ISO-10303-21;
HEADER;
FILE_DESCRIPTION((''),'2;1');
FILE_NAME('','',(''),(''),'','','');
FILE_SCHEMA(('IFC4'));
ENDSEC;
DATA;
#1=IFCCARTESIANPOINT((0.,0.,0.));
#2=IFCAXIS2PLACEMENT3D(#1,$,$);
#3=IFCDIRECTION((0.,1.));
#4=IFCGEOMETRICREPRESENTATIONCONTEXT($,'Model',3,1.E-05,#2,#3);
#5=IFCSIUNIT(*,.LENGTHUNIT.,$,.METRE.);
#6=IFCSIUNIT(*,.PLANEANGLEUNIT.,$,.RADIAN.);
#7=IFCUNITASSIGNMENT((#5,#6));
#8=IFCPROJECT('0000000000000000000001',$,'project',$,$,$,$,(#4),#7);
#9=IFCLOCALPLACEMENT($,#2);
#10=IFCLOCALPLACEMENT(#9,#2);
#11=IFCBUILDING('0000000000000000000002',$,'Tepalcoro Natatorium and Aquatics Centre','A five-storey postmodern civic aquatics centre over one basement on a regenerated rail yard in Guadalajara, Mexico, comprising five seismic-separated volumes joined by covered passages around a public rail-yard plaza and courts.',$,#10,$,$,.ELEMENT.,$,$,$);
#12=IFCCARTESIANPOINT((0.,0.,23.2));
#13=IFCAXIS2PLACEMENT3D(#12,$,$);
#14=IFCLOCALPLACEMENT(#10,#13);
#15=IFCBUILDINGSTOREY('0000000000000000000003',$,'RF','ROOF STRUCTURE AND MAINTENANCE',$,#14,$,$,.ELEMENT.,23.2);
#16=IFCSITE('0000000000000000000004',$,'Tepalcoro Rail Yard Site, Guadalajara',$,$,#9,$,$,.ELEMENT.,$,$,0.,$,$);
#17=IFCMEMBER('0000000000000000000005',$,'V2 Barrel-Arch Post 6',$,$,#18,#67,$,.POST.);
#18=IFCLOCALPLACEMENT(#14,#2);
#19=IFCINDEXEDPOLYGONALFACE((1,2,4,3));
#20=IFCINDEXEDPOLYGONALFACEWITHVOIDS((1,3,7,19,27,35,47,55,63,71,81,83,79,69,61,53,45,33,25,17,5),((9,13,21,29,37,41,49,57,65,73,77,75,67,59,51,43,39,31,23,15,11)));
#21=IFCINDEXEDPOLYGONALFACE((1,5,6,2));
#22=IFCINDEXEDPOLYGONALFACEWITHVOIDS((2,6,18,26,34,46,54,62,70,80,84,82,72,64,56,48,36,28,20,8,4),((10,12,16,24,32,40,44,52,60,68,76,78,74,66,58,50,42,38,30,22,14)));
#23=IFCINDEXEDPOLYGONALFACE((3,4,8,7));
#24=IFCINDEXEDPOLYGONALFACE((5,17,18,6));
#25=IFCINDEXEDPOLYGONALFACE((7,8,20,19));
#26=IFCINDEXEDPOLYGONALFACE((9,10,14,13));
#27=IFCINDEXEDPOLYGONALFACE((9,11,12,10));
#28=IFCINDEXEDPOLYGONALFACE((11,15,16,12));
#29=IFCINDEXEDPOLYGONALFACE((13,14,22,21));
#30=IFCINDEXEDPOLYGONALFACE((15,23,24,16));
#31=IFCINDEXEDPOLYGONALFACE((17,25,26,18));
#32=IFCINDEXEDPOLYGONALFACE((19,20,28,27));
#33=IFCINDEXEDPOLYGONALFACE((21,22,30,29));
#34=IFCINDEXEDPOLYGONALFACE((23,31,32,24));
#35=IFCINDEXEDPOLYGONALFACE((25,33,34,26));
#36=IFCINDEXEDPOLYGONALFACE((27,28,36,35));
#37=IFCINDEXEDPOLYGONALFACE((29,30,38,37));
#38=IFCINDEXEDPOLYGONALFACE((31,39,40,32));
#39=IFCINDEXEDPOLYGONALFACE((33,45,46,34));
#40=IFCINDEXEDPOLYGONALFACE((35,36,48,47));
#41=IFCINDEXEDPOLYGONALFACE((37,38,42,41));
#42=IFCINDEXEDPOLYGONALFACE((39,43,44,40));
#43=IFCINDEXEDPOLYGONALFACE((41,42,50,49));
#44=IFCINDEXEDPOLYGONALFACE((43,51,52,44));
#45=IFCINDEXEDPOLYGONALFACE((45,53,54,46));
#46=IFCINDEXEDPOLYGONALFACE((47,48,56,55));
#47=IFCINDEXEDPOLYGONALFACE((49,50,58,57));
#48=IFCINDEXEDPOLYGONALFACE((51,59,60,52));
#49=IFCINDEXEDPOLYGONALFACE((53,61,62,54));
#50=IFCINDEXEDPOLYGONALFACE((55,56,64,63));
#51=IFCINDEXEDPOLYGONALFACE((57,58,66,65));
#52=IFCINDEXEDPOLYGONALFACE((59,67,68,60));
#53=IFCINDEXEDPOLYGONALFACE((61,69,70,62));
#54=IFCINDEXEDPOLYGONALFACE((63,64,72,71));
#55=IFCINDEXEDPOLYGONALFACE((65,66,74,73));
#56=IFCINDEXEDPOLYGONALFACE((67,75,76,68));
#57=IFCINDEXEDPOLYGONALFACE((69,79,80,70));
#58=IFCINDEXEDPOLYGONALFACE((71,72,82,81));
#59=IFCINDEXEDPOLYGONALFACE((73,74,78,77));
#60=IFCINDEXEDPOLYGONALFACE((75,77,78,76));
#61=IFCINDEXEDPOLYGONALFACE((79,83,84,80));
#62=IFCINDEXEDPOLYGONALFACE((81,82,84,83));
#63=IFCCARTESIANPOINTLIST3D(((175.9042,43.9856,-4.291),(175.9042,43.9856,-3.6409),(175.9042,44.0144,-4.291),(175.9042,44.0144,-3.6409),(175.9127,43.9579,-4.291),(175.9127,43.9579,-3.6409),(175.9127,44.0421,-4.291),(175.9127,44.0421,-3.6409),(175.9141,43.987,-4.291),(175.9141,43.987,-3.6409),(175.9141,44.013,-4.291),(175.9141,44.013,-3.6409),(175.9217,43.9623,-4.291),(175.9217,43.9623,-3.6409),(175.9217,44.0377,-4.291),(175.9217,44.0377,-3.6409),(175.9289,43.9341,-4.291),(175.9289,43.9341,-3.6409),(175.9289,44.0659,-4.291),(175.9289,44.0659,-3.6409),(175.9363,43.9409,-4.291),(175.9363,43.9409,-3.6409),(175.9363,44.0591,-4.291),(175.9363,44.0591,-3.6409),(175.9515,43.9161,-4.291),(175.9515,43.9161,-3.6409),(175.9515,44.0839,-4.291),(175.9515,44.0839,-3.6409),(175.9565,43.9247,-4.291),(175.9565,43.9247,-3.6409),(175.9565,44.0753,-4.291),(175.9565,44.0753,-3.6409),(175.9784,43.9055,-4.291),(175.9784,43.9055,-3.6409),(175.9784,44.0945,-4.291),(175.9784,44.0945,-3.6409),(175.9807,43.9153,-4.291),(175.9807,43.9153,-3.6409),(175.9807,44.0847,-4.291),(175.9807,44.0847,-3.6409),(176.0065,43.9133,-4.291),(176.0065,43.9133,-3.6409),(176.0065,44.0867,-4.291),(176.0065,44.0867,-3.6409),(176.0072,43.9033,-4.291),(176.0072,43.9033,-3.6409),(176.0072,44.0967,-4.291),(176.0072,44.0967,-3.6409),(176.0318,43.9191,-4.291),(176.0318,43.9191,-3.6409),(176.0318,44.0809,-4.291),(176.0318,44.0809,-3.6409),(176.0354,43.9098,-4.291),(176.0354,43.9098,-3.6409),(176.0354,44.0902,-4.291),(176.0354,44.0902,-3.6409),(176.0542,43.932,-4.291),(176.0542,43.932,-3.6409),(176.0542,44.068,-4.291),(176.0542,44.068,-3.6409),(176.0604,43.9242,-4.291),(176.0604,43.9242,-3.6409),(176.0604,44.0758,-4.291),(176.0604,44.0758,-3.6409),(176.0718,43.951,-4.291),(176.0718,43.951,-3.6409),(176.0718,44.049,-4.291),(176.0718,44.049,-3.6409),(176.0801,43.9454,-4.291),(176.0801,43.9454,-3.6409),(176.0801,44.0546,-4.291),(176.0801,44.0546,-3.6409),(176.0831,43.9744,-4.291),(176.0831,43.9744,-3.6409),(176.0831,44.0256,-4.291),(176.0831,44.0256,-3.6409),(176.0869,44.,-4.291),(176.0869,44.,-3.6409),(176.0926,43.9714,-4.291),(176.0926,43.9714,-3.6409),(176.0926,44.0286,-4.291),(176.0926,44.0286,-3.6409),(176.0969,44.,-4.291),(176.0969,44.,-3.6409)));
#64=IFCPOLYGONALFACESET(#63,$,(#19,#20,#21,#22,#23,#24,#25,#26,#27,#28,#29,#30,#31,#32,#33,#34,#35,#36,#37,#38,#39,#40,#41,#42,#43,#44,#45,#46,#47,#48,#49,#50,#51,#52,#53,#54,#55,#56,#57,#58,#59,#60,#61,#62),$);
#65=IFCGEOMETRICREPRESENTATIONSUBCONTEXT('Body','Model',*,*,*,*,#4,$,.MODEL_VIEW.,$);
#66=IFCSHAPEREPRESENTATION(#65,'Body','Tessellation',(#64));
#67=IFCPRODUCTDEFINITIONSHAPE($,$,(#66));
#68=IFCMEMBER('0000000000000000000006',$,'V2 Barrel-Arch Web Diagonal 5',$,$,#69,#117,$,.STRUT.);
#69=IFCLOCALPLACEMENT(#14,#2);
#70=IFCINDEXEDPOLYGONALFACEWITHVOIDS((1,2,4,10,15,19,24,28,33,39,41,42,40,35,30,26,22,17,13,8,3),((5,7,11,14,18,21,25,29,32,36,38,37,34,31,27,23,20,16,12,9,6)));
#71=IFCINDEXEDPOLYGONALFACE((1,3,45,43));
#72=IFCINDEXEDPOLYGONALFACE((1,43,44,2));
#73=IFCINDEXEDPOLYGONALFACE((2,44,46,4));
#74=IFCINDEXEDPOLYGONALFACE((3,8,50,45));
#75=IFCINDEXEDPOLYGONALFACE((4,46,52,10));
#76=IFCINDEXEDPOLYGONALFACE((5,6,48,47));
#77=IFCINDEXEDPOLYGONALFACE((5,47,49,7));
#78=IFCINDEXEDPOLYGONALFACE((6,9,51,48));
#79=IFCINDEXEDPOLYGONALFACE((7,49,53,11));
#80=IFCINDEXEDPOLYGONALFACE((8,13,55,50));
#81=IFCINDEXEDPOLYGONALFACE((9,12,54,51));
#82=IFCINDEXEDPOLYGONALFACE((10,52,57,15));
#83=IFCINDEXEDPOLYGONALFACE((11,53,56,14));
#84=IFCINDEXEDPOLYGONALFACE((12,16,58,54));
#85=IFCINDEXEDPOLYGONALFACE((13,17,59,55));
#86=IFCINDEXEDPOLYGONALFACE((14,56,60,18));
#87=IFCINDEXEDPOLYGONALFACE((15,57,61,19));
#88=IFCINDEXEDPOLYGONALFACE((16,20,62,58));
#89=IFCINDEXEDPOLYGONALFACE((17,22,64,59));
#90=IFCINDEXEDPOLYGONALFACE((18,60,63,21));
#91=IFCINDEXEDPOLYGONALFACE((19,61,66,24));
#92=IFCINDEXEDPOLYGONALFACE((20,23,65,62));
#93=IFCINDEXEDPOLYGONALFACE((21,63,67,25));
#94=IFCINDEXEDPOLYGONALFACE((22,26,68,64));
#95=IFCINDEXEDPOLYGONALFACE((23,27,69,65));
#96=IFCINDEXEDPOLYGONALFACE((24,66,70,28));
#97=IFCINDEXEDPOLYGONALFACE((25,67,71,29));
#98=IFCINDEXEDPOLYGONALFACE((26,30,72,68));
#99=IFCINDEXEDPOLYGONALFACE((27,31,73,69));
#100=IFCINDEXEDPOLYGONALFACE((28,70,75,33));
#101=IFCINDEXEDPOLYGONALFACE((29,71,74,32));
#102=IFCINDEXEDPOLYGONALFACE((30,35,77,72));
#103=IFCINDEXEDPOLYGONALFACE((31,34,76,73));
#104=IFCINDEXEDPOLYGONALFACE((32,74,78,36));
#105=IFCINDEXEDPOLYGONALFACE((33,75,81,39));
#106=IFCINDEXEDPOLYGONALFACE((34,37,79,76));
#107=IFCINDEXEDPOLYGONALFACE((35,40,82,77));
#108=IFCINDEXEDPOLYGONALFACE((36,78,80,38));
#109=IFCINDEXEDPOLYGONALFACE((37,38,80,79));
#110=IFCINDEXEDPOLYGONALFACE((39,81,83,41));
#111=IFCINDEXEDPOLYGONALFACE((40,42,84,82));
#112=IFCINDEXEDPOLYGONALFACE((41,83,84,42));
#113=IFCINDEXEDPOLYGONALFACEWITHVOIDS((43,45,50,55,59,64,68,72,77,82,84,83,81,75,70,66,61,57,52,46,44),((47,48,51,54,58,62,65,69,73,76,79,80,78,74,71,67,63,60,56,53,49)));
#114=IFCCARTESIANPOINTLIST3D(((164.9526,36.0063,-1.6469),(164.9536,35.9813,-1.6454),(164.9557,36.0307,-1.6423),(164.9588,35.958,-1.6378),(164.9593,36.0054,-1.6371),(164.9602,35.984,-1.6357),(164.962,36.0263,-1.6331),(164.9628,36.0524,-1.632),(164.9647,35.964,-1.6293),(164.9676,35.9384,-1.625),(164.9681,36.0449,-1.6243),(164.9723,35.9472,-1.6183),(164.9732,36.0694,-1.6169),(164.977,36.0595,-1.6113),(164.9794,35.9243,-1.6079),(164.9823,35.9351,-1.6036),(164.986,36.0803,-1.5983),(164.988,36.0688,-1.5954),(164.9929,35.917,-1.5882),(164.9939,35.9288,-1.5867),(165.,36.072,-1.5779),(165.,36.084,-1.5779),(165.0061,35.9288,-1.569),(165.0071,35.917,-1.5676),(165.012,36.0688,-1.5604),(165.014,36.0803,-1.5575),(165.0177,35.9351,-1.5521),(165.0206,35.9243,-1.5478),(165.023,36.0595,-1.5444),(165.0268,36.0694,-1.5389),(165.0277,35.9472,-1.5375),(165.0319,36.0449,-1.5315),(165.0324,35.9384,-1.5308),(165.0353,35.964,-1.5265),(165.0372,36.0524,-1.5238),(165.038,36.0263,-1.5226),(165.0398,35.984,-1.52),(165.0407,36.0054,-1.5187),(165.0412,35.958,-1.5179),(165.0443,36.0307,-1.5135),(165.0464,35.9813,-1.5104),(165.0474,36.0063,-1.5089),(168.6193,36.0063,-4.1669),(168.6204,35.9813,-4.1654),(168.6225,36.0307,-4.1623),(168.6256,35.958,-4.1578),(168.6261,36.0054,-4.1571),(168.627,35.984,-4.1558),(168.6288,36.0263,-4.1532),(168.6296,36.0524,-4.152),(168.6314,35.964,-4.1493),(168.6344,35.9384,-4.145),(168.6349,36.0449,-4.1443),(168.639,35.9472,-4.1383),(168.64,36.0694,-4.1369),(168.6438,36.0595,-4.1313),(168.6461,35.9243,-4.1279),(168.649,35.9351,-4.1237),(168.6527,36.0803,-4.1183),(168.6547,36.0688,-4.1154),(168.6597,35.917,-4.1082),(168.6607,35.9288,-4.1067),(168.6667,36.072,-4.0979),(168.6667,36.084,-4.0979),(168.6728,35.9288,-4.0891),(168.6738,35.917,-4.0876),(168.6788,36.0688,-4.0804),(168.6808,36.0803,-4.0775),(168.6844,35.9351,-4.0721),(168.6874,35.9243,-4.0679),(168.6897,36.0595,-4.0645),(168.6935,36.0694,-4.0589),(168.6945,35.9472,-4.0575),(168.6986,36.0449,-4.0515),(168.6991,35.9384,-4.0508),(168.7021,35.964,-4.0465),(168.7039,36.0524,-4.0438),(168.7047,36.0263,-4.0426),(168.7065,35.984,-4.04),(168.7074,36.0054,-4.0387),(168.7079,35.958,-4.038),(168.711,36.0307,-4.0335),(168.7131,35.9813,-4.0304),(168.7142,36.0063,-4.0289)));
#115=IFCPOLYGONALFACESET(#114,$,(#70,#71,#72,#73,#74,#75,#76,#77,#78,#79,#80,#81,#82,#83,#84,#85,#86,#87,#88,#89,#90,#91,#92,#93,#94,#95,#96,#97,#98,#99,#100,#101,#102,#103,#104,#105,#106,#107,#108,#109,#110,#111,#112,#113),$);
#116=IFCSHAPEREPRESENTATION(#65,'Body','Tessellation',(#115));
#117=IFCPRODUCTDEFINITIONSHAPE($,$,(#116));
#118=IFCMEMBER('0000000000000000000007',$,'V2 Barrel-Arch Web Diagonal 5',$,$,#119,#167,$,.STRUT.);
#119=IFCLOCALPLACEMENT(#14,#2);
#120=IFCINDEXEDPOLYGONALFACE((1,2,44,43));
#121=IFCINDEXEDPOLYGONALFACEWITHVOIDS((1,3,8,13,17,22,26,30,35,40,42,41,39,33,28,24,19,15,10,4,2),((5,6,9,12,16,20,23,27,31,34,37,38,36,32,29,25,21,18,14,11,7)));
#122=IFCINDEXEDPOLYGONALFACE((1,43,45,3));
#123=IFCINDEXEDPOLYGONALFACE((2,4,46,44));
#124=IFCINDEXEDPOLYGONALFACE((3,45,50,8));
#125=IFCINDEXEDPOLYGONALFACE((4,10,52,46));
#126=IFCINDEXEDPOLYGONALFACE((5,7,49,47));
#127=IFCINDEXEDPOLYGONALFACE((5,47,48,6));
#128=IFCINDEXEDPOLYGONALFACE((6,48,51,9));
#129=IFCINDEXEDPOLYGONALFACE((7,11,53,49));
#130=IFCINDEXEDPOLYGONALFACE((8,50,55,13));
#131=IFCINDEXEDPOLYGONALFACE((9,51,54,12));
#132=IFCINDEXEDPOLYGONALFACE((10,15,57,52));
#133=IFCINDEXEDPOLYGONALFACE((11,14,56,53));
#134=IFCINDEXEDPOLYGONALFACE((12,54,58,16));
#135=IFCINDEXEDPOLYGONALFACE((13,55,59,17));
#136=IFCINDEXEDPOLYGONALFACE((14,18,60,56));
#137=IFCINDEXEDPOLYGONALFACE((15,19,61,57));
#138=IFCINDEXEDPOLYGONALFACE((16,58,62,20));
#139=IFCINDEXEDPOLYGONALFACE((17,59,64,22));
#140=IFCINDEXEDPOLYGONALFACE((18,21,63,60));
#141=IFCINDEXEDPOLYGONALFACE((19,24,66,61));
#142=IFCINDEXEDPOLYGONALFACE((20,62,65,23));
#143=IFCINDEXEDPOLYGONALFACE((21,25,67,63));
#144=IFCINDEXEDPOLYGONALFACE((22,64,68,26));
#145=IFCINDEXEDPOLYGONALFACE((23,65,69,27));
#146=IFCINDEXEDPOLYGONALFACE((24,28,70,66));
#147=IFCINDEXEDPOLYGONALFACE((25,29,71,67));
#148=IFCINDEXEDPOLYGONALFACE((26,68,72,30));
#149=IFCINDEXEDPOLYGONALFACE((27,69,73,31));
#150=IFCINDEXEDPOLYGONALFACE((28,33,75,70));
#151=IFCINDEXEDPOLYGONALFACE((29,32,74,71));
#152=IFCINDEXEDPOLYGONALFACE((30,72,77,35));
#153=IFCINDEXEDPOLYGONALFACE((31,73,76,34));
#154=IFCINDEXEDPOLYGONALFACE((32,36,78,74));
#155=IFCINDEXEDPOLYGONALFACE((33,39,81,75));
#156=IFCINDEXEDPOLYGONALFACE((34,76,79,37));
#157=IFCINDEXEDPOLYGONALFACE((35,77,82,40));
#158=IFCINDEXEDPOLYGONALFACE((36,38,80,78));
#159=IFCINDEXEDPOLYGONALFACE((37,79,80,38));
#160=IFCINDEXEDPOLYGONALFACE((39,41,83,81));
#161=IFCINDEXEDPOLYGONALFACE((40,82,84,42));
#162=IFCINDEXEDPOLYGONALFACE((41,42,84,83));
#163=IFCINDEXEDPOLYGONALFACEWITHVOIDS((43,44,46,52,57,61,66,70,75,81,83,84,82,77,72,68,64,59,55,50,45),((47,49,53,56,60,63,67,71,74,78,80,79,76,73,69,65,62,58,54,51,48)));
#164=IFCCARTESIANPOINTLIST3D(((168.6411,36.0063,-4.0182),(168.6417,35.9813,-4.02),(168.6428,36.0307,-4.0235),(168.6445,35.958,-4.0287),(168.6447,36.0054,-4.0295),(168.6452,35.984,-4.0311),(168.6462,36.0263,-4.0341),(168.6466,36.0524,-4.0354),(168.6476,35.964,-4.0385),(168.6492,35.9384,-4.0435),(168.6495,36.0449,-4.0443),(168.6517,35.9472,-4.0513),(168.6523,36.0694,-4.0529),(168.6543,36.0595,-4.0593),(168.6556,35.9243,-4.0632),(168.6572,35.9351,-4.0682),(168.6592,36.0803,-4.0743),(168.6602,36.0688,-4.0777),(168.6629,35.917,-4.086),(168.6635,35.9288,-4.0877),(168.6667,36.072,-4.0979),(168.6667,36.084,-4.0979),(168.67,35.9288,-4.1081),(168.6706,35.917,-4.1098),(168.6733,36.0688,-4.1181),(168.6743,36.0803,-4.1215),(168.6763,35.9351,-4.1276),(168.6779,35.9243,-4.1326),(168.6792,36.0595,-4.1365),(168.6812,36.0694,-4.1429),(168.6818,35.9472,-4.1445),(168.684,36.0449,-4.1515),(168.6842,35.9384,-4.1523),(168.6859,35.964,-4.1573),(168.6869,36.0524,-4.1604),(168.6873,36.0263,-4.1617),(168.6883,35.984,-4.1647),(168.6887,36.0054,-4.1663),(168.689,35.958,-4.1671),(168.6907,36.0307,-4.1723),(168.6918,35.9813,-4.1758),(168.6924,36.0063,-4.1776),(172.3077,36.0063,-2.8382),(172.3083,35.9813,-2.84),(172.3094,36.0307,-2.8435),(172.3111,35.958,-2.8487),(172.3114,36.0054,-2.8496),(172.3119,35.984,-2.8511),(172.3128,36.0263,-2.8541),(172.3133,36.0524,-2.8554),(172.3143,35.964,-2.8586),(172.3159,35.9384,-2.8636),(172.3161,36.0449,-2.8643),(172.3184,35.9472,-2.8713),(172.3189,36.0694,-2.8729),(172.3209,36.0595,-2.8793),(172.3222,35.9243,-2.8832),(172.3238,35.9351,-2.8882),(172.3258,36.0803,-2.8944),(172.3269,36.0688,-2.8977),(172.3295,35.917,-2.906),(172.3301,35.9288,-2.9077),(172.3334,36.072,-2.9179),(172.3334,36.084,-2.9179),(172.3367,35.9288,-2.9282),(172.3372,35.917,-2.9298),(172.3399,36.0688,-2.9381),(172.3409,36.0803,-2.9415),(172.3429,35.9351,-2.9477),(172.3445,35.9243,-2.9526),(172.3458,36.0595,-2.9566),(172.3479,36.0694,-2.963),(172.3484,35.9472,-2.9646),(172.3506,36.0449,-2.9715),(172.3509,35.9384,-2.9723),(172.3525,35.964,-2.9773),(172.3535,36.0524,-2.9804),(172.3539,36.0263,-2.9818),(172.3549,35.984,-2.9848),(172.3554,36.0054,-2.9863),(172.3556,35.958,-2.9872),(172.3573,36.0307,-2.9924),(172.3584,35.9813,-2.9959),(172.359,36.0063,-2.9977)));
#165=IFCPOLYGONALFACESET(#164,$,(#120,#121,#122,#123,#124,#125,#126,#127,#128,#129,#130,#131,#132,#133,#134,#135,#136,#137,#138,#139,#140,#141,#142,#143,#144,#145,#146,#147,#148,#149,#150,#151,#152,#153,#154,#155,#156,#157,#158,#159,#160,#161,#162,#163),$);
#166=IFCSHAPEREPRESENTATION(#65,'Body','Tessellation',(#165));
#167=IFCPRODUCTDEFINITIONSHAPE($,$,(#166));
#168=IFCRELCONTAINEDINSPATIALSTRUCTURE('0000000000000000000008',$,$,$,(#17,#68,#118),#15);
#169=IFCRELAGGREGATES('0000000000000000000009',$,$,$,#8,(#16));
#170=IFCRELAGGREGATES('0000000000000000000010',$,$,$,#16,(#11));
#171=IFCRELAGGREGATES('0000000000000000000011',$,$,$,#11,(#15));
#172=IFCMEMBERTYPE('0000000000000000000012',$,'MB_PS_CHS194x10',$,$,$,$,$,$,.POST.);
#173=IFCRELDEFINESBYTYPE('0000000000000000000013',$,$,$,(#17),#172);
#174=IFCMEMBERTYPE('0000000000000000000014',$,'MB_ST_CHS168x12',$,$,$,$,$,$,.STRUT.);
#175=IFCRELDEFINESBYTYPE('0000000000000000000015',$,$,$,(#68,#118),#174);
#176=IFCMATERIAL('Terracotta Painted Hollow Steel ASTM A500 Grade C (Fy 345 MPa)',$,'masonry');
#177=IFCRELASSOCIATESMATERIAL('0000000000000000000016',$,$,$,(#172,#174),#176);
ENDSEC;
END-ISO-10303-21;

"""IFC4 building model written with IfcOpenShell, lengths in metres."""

from ifc_helpers import new_model, si_unit, direction, frame, origin, origin_2d, place, context, subcontext, project, spatial, hollow_circle, extrude, material, material_profile, profile_set, type_object, element, save


model = new_model("IFC4")

# Units and contexts
model_context = context("Model", 3, precision=1e-05, world=origin(), true_north=direction((0.0, 1.0)))
body_context = subcontext(model_context, "Body", "Model", "MODEL_VIEW")
ifc_project = project(units=[si_unit("LENGTHUNIT", "METRE"), si_unit("PLANEANGLEUNIT", "RADIAN")], contexts=[model_context])

# Site, building, storey
site_placement = place(None, origin())
site = spatial("IfcSite", under=ifc_project, at=site_placement, Name="Tepalcoro Rail Yard Site, Guadalajara", CompositionType="ELEMENT", RefElevation=0.0)
building_placement = place(site_placement, origin())
building = spatial("IfcBuilding", under=site, at=building_placement, Name="Tepalcoro Natatorium and Aquatics Centre", Description="A five-storey postmodern civic aquatics centre over one basement on a regenerated rail yard in Guadalajara, Mexico, comprising five seismic-separated volumes joined by covered passages around a public rail-yard plaza and courts.", CompositionType="ELEMENT")
storey_placement = place(building_placement, frame((0.0, 0.0, 23.2)))
storey = spatial("IfcBuildingStorey", under=building, at=storey_placement, Name="RF", Description="ROOF STRUCTURE AND MAINTENANCE", CompositionType="ELEMENT", Elevation=23.2)

# Shared definitions
ifc_material_1 = material(Name="Terracotta Painted Hollow Steel ASTM A500 Grade C (Fy 345 MPa)", Category="masonry")

# Members
ifc_material_profile_1 = material_profile(ifc_material_1, hollow_circle(Radius=0.0969, WallThickness=0.01, at=origin_2d()), Name="CHS194X10")
ifc_profile_set_1 = profile_set([ifc_material_profile_1], Name="Terracotta Painted Hollow Steel ASTM A500 Grade C (Fy 345 MPa)")
member_type_1 = type_object("IfcMemberType", Name="MB_PS_CHS194x10", PredefinedType="POST", material=ifc_profile_set_1)
member_1_placement = place(storey_placement, frame((176.0, 44.0, -4.291), z_axis=(0.0, 0.0, 1.0), x_axis=(1.0, 0.0, 0.0)))
element("IfcMember", 1, at=member_1_placement, inside=storey, type_object=member_type_1, Name="V2 Barrel-Arch Post 6", PredefinedType="POST", context=body_context, shape_type="SweptSolid", body=[
    extrude(hollow_circle(Radius=0.0969, WallThickness=0.01, at=origin_2d()), origin(), (0.0, 0.0, 1.0), 0.6501),
])
ifc_material_profile_2 = material_profile(ifc_material_1, hollow_circle(Radius=0.084, WallThickness=0.012, at=origin_2d()), Name="CHS168X12")
ifc_profile_set_2 = profile_set([ifc_material_profile_2], Name="Terracotta Painted Hollow Steel ASTM A500 Grade C (Fy 345 MPa)")
member_type_2 = type_object("IfcMemberType", Name="MB_ST_CHS168x12", PredefinedType="STRUT", material=ifc_profile_set_2)
member_2_placement = place(storey_placement, frame((165.0, 36.0, -1.5779), z_axis=(0.824133, 0.0, -0.566396), x_axis=(0.0, 1.0, 0.0)))
element("IfcMember", 2, at=member_2_placement, inside=storey, type_object=member_type_2, Name="V2 Barrel-Arch Web Diagonal 5", PredefinedType="STRUT", context=body_context, shape_type="SweptSolid", body=[
    extrude(hollow_circle(Radius=0.084, WallThickness=0.012, at=origin_2d()), origin(), (0.0, 0.0, 1.0), 4.4492),
])
member_3_placement = place(storey_placement, frame((168.6667, 36.0, -4.0979), z_axis=(0.951922, 0.0, 0.306342), x_axis=(0.0, 1.0, 0.0)))
element("IfcMember", 3, at=member_3_placement, inside=storey, type_object=member_type_2, Name="V2 Barrel-Arch Web Diagonal 5", PredefinedType="STRUT", context=body_context, shape_type="SweptSolid", body=[
    extrude(hollow_circle(Radius=0.084, WallThickness=0.012, at=origin_2d()), origin(), (0.0, 0.0, 1.0), 3.8518),
])

save(model, "model.ifc")
